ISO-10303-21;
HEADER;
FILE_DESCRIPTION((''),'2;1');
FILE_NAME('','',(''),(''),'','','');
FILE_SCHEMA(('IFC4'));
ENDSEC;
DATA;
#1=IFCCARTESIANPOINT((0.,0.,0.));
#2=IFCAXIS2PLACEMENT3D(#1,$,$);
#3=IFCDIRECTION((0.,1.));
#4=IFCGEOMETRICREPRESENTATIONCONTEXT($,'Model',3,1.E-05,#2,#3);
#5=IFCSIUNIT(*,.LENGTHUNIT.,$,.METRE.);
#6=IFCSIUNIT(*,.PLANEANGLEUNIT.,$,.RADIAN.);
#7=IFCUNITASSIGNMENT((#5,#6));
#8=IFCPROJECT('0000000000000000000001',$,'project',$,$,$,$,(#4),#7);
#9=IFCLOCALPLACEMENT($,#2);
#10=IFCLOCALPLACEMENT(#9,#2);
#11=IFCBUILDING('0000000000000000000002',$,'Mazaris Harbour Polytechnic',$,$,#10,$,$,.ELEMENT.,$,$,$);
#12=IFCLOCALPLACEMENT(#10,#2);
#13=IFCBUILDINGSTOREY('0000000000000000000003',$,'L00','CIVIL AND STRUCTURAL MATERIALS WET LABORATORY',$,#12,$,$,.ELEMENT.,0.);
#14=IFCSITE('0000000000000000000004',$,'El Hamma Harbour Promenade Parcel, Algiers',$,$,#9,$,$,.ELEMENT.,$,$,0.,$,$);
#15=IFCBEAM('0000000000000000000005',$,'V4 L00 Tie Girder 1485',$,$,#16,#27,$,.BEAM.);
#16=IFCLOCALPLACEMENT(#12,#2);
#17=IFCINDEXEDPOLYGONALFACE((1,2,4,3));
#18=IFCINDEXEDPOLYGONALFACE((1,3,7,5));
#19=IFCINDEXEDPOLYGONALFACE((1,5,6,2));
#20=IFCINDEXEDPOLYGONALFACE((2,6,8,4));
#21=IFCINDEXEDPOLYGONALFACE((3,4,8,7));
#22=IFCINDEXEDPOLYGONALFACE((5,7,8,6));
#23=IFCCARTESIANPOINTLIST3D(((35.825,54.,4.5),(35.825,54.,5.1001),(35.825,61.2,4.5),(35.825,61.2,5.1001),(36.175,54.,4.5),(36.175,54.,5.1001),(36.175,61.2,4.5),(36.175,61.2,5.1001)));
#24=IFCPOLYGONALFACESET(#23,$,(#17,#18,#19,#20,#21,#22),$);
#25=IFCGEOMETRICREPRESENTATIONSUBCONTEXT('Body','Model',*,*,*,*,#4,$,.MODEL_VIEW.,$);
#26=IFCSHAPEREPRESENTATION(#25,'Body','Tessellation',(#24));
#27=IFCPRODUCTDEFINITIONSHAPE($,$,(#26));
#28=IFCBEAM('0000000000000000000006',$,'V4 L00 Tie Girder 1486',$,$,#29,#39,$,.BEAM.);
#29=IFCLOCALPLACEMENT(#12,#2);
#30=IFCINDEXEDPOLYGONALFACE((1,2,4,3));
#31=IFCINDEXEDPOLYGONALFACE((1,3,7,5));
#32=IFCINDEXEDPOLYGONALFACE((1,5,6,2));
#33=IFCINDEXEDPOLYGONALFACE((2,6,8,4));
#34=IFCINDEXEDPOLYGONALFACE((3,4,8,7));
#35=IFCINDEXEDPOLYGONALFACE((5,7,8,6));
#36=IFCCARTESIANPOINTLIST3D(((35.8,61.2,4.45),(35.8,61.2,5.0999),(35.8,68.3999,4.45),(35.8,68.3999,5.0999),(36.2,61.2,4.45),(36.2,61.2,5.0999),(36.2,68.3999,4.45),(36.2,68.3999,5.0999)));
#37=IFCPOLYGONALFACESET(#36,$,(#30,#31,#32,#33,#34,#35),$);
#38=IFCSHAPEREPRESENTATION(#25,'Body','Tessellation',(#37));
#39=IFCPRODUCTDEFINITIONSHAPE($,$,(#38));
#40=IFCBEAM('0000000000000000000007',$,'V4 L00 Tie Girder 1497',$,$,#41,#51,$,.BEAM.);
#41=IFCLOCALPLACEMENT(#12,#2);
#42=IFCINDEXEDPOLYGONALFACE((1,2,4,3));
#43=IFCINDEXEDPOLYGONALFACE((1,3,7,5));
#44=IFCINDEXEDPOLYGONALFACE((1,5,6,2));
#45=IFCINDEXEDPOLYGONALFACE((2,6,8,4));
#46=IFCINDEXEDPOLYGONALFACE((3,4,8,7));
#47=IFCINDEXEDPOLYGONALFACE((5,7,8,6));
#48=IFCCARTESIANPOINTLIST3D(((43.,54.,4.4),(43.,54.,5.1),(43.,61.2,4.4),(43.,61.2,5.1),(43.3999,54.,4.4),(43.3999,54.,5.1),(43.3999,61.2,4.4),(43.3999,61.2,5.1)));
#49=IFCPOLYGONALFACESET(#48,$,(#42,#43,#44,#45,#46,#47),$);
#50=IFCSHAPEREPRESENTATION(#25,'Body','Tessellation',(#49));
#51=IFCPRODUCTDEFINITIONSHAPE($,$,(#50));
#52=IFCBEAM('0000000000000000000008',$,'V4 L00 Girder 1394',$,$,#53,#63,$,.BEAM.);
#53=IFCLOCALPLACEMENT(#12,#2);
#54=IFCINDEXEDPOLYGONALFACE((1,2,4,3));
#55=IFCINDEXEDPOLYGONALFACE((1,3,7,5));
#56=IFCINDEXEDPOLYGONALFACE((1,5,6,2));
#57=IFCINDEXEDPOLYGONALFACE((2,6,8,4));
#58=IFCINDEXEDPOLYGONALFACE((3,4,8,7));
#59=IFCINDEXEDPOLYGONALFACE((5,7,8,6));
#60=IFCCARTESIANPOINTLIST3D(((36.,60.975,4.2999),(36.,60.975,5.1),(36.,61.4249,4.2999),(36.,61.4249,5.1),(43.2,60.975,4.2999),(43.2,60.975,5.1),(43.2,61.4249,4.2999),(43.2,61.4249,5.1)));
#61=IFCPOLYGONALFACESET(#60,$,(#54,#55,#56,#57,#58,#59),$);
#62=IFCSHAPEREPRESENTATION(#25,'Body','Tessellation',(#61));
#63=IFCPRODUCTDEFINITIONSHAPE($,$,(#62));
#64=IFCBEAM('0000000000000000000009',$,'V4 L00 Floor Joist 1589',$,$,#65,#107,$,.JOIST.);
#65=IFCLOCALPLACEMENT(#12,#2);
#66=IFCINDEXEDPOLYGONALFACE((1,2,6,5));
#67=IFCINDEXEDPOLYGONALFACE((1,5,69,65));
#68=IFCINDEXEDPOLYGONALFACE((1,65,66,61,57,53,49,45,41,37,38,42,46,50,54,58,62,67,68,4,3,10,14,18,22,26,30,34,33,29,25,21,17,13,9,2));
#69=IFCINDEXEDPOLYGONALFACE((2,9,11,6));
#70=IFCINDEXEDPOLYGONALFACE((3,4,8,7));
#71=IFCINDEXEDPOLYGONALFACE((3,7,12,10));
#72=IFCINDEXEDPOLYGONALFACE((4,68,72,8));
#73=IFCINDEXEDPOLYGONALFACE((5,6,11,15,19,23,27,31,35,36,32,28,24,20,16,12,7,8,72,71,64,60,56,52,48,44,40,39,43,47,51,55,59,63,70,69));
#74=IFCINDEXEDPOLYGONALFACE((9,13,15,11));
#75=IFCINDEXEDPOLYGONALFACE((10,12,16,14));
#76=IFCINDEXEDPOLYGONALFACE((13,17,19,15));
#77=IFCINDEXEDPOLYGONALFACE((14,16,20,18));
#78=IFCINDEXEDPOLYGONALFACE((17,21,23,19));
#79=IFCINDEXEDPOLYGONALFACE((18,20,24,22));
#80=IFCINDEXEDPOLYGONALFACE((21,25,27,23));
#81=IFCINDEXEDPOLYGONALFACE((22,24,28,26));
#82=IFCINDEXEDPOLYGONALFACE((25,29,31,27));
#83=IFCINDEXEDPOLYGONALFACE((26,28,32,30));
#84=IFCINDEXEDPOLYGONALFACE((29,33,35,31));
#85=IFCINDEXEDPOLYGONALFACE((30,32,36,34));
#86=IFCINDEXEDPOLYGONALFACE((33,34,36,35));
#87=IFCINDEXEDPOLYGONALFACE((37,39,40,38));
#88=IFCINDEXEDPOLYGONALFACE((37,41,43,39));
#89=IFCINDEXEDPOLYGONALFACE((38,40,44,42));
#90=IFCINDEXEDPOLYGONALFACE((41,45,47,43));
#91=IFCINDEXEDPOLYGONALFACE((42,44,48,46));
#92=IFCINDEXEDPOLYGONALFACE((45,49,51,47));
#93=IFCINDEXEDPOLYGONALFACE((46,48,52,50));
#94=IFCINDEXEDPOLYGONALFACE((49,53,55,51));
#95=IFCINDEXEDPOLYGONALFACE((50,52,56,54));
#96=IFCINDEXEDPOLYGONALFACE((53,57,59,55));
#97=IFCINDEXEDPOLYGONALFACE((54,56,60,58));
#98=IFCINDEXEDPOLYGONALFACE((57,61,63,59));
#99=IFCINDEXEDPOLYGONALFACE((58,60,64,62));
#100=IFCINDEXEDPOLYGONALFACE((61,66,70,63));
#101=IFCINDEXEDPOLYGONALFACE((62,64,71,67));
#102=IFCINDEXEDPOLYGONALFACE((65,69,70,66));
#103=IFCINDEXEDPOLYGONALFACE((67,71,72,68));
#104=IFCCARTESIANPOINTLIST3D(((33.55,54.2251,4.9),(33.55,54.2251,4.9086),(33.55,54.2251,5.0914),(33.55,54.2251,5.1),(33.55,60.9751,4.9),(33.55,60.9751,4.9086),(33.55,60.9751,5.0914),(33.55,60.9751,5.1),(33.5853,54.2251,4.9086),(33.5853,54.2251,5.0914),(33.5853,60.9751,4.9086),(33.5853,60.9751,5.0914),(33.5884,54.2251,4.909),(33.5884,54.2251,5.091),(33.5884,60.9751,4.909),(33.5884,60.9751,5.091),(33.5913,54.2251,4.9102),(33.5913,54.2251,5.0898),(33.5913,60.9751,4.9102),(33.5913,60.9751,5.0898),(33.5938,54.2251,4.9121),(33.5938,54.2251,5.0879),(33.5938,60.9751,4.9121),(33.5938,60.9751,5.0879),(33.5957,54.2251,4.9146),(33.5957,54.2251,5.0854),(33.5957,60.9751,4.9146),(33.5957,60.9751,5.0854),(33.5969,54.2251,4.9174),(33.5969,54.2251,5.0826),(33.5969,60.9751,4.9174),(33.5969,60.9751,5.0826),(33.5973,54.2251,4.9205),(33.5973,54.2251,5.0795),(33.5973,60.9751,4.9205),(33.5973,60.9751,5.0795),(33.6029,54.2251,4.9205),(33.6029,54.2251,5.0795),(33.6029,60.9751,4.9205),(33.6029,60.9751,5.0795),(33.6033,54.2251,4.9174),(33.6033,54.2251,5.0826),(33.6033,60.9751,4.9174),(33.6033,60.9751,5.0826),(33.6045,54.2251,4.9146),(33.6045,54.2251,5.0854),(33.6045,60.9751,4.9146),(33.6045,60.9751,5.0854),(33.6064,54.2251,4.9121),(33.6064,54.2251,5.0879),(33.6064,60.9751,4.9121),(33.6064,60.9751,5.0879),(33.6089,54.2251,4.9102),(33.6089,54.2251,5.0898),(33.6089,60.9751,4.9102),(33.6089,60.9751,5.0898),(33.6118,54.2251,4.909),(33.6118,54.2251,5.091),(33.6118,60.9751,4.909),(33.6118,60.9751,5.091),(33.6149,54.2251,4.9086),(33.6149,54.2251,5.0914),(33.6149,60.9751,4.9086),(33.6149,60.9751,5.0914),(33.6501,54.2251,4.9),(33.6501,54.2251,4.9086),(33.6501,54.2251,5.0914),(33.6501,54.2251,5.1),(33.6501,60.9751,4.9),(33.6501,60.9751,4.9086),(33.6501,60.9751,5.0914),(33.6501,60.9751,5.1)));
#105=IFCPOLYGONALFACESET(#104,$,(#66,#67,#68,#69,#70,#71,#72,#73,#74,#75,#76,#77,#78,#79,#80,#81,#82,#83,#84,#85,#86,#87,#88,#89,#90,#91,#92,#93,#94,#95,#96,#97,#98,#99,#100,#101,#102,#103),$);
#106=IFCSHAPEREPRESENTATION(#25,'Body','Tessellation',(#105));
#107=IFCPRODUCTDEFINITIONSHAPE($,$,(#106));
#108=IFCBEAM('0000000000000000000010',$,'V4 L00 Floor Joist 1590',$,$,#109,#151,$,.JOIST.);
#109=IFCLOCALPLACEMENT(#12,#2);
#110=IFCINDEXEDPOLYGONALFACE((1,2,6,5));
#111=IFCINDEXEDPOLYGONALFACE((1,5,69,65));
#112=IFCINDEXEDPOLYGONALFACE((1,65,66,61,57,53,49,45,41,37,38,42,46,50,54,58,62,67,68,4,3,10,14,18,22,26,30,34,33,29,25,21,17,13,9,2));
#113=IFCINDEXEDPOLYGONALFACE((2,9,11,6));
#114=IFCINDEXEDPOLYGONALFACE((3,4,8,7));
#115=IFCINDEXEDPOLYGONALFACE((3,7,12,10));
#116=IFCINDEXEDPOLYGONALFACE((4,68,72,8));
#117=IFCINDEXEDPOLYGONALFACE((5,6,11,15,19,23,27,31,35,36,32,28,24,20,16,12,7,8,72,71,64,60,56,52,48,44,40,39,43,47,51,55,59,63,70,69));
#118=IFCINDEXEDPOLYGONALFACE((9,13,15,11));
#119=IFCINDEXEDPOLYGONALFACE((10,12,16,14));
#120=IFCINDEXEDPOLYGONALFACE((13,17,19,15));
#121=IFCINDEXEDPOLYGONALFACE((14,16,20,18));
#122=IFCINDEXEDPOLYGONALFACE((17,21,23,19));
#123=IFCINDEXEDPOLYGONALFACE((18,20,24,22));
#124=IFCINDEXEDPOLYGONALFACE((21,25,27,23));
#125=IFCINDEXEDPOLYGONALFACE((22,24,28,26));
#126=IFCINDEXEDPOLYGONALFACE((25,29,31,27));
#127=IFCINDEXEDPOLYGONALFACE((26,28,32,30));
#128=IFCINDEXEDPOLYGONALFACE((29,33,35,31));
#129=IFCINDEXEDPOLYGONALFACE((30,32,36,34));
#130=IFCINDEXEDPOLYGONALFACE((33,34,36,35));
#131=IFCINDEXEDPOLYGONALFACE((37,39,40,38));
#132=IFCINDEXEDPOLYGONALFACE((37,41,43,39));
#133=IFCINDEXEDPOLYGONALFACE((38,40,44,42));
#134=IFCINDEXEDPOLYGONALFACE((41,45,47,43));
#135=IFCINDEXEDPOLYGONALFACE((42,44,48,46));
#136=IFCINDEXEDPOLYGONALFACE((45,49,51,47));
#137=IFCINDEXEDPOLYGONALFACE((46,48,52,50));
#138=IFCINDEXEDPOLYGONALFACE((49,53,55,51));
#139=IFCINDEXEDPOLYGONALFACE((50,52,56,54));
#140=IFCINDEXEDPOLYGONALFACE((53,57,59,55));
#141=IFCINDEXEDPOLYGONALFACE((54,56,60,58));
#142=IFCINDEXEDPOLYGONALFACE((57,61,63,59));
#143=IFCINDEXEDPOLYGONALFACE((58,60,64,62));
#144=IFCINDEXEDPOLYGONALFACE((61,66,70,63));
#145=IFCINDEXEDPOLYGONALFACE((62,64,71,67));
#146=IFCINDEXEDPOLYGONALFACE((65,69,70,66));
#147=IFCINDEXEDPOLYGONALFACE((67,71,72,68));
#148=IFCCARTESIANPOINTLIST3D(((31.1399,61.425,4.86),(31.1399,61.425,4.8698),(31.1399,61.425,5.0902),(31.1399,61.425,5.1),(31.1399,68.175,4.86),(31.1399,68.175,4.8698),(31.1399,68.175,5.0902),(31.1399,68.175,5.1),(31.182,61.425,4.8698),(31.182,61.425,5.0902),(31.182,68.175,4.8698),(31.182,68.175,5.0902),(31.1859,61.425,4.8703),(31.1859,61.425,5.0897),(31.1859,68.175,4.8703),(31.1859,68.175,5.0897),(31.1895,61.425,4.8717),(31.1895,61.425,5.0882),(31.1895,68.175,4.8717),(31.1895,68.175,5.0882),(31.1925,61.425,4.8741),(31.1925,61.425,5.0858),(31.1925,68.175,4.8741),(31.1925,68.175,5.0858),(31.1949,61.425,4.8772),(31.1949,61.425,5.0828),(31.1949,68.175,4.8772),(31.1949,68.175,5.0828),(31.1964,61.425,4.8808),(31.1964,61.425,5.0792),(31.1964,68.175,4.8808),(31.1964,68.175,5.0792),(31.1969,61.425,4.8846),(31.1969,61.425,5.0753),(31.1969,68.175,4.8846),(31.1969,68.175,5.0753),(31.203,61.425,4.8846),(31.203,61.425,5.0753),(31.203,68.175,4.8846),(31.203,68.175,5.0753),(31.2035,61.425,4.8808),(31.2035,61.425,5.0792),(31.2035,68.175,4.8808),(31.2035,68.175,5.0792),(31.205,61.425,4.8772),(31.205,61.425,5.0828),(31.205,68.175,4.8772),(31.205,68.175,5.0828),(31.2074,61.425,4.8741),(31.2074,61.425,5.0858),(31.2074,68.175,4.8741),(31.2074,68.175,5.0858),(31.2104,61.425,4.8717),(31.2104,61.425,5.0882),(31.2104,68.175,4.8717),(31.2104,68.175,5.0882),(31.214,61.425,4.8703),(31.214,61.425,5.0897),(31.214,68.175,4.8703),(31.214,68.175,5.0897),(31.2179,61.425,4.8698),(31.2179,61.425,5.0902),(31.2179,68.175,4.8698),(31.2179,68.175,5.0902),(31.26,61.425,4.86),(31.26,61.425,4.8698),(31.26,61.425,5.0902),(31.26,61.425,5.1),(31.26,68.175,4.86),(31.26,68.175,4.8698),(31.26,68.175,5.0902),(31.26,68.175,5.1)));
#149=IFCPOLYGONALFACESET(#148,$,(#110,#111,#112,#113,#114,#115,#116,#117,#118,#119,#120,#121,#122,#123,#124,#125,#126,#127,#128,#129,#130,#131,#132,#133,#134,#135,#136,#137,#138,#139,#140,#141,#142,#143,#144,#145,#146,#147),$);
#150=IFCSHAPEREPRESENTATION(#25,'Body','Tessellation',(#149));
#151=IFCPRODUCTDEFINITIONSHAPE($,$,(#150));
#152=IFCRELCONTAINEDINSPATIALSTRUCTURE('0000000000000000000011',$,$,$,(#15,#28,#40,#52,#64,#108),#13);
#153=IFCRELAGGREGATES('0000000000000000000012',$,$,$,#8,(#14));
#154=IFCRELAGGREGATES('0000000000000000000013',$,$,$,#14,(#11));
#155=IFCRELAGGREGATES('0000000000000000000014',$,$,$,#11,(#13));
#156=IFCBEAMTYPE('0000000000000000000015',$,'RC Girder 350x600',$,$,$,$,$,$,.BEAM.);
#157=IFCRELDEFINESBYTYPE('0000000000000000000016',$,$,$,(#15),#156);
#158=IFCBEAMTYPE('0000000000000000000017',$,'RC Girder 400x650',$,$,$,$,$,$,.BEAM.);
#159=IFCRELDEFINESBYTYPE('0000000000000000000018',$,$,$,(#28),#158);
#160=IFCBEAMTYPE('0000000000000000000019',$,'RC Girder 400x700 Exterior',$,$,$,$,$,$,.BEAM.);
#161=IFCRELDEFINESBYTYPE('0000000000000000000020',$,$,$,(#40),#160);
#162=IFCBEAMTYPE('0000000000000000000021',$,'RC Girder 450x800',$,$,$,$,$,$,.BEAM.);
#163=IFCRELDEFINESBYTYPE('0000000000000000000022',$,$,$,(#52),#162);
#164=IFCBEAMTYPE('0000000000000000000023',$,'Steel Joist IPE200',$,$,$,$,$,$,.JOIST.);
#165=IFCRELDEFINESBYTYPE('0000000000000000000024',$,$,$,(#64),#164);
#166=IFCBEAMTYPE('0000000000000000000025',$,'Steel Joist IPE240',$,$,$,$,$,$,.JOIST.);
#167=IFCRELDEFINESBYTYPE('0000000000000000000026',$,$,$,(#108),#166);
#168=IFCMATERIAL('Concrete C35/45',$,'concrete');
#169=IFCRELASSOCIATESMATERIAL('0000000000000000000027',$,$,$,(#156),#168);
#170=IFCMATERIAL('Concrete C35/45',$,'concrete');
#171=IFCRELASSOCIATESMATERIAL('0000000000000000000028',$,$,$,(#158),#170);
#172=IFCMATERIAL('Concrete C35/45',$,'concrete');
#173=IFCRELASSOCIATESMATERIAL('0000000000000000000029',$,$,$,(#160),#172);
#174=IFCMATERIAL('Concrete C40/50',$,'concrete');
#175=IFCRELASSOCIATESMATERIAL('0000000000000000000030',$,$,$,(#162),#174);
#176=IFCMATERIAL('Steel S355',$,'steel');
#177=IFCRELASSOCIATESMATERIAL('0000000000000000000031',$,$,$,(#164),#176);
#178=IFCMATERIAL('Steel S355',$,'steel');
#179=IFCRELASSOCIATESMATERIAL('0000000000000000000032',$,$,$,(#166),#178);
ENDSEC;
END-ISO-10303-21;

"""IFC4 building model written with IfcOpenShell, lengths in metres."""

from ifc_helpers import new_model, si_unit, direction, frame, origin, origin_2d, place, context, subcontext, project, spatial, rectangle, i_section, extrude, material, material_profile, profile_set, type_object, element, save


model = new_model("IFC4")

# Units and contexts
model_context = context("Model", 3, precision=1e-05, world=origin(), true_north=direction((0.0, 1.0)))
body_context = subcontext(model_context, "Body", "Model", "MODEL_VIEW")
ifc_project = project(units=[si_unit("LENGTHUNIT", "METRE"), si_unit("PLANEANGLEUNIT", "RADIAN")], contexts=[model_context])

# Site, building, storey
site_placement = place(None, origin())
site = spatial("IfcSite", under=ifc_project, at=site_placement, Name="El Hamma Harbour Promenade Parcel, Algiers", CompositionType="ELEMENT", RefElevation=0.0)
building_placement = place(site_placement, origin())
building = spatial("IfcBuilding", under=site, at=building_placement, Name="Mazaris Harbour Polytechnic", CompositionType="ELEMENT")
storey_placement = place(building_placement, origin())
storey = spatial("IfcBuildingStorey", under=building, at=storey_placement, Name="L00", Description="CIVIL AND STRUCTURAL MATERIALS WET LABORATORY", CompositionType="ELEMENT", Elevation=0.0)

# Beams
ifc_material_1 = material(Name="Concrete C35/45", Category="concrete")
ifc_material_profile_1 = material_profile(ifc_material_1, rectangle(XDim=0.3501, YDim=0.6001, at=origin_2d()), Name="RECT350x600")
ifc_profile_set_1 = profile_set([ifc_material_profile_1], Name="Concrete C35/45")
beam_type_1 = type_object("IfcBeamType", Name="RC Girder 350x600", PredefinedType="BEAM", material=ifc_profile_set_1)
for number, where, z_axis, x_axis, name in (
    (1, (36.0, 54.0, 4.8), (0.0, 1.0, 0.0), (-1.0, 0.0, 0.0), "V4 L00 Tie Girder 1485"),
):
    element("IfcBeam", number, at=place(storey_placement, frame(where, z_axis=z_axis, x_axis=x_axis)), inside=storey, type_object=beam_type_1, Name=name, PredefinedType="BEAM", context=body_context, shape_type="SweptSolid", body=[
        extrude(rectangle(XDim=0.3501, YDim=0.6001, at=origin_2d()), origin(), (0.0, 0.0, 1.0), 7.2),
    ])
ifc_material_2 = material(Name="Concrete C35/45", Category="concrete")
ifc_material_profile_2 = material_profile(ifc_material_2, rectangle(XDim=0.3999, YDim=0.6499, at=origin_2d()), Name="RECT400x650")
ifc_profile_set_2 = profile_set([ifc_material_profile_2], Name="Concrete C35/45")
beam_type_2 = type_object("IfcBeamType", Name="RC Girder 400x650", PredefinedType="BEAM", material=ifc_profile_set_2)
beam_1_placement = place(storey_placement, frame((36.0, 61.2, 4.7749), z_axis=(0.0, 1.0, 0.0), x_axis=(-1.0, 0.0, 0.0)))
element("IfcBeam", 2, at=beam_1_placement, inside=storey, type_object=beam_type_2, Name="V4 L00 Tie Girder 1486", PredefinedType="BEAM", context=body_context, shape_type="SweptSolid", body=[
    extrude(rectangle(XDim=0.3999, YDim=0.6499, at=origin_2d()), origin(), (0.0, 0.0, 1.0), 7.2),
])
ifc_material_3 = material(Name="Concrete C35/45", Category="concrete")
ifc_material_profile_3 = material_profile(ifc_material_3, rectangle(XDim=0.3999, YDim=0.7, at=origin_2d()), Name="RECT400x700")
ifc_profile_set_3 = profile_set([ifc_material_profile_3], Name="Concrete C35/45")
beam_type_3 = type_object("IfcBeamType", Name="RC Girder 400x700 Exterior", PredefinedType="BEAM", material=ifc_profile_set_3)
beam_2_placement = place(storey_placement, frame((43.2, 54.0, 4.75), z_axis=(0.0, 1.0, 0.0), x_axis=(-1.0, 0.0, 0.0)))
element("IfcBeam", 3, at=beam_2_placement, inside=storey, type_object=beam_type_3, Name="V4 L00 Tie Girder 1497", PredefinedType="BEAM", context=body_context, shape_type="SweptSolid", body=[
    extrude(rectangle(XDim=0.3999, YDim=0.7, at=origin_2d()), origin(), (0.0, 0.0, 1.0), 7.2),
])
ifc_material_4 = material(Name="Concrete C40/50", Category="concrete")
ifc_material_profile_4 = material_profile(ifc_material_4, rectangle(XDim=0.45, YDim=0.8, at=origin_2d()), Name="RECT450x800")
ifc_profile_set_4 = profile_set([ifc_material_profile_4], Name="Concrete C40/50")
beam_type_4 = type_object("IfcBeamType", Name="RC Girder 450x800", PredefinedType="BEAM", material=ifc_profile_set_4)
beam_3_placement = place(storey_placement, frame((36.0, 61.2, 4.7), z_axis=(1.0, 0.0, 0.0), x_axis=(0.0, 1.0, 0.0)))
element("IfcBeam", 4, at=beam_3_placement, inside=storey, type_object=beam_type_4, Name="V4 L00 Girder 1394", PredefinedType="BEAM", context=body_context, shape_type="SweptSolid", body=[
    extrude(rectangle(XDim=0.45, YDim=0.8, at=origin_2d()), origin(), (0.0, 0.0, 1.0), 7.2),
])
ifc_material_5 = material(Name="Steel S355", Category="steel")
ifc_material_profile_5 = material_profile(ifc_material_5, i_section(OverallWidth=0.1001, OverallDepth=0.2, WebThickness=0.0056, FlangeThickness=0.0085, FilletRadius=0.012, at=origin_2d()), Name="IPE 200")
ifc_profile_set_5 = profile_set([ifc_material_profile_5], Name="Steel S355")
beam_type_5 = type_object("IfcBeamType", Name="Steel Joist IPE200", PredefinedType="JOIST", material=ifc_profile_set_5)
beam_4_placement = place(storey_placement, frame((33.6001, 54.2251, 5.0), z_axis=(0.0, 1.0, 0.0), x_axis=(-1.0, 0.0, 0.0)))
element("IfcBeam", 5, at=beam_4_placement, inside=storey, type_object=beam_type_5, Name="V4 L00 Floor Joist 1589", PredefinedType="JOIST", context=body_context, shape_type="SweptSolid", body=[
    extrude(i_section(OverallWidth=0.1001, OverallDepth=0.2, WebThickness=0.0056, FlangeThickness=0.0085, FilletRadius=0.012, at=origin_2d()), origin(), (0.0, 0.0, 1.0), 6.75),
])
ifc_material_6 = material(Name="Steel S355", Category="steel")
ifc_material_profile_6 = material_profile(ifc_material_6, i_section(OverallWidth=0.1201, OverallDepth=0.24, WebThickness=0.0061, FlangeThickness=0.0098, FilletRadius=0.0149, at=origin_2d()), Name="IPE 240")
ifc_profile_set_6 = profile_set([ifc_material_profile_6], Name="Steel S355")
beam_type_6 = type_object("IfcBeamType", Name="Steel Joist IPE240", PredefinedType="JOIST", material=ifc_profile_set_6)
beam_5_placement = place(storey_placement, frame((31.2, 61.425, 4.98), z_axis=(0.0, 1.0, 0.0), x_axis=(-1.0, 0.0, 0.0)))
element("IfcBeam", 6, at=beam_5_placement, inside=storey, type_object=beam_type_6, Name="V4 L00 Floor Joist 1590", PredefinedType="JOIST", context=body_context, shape_type="SweptSolid", body=[
    extrude(i_section(OverallWidth=0.1201, OverallDepth=0.24, WebThickness=0.0061, FlangeThickness=0.0098, FilletRadius=0.0149, at=origin_2d()), origin(), (0.0, 0.0, 1.0), 6.75),
])

save(model, "model.ifc")
